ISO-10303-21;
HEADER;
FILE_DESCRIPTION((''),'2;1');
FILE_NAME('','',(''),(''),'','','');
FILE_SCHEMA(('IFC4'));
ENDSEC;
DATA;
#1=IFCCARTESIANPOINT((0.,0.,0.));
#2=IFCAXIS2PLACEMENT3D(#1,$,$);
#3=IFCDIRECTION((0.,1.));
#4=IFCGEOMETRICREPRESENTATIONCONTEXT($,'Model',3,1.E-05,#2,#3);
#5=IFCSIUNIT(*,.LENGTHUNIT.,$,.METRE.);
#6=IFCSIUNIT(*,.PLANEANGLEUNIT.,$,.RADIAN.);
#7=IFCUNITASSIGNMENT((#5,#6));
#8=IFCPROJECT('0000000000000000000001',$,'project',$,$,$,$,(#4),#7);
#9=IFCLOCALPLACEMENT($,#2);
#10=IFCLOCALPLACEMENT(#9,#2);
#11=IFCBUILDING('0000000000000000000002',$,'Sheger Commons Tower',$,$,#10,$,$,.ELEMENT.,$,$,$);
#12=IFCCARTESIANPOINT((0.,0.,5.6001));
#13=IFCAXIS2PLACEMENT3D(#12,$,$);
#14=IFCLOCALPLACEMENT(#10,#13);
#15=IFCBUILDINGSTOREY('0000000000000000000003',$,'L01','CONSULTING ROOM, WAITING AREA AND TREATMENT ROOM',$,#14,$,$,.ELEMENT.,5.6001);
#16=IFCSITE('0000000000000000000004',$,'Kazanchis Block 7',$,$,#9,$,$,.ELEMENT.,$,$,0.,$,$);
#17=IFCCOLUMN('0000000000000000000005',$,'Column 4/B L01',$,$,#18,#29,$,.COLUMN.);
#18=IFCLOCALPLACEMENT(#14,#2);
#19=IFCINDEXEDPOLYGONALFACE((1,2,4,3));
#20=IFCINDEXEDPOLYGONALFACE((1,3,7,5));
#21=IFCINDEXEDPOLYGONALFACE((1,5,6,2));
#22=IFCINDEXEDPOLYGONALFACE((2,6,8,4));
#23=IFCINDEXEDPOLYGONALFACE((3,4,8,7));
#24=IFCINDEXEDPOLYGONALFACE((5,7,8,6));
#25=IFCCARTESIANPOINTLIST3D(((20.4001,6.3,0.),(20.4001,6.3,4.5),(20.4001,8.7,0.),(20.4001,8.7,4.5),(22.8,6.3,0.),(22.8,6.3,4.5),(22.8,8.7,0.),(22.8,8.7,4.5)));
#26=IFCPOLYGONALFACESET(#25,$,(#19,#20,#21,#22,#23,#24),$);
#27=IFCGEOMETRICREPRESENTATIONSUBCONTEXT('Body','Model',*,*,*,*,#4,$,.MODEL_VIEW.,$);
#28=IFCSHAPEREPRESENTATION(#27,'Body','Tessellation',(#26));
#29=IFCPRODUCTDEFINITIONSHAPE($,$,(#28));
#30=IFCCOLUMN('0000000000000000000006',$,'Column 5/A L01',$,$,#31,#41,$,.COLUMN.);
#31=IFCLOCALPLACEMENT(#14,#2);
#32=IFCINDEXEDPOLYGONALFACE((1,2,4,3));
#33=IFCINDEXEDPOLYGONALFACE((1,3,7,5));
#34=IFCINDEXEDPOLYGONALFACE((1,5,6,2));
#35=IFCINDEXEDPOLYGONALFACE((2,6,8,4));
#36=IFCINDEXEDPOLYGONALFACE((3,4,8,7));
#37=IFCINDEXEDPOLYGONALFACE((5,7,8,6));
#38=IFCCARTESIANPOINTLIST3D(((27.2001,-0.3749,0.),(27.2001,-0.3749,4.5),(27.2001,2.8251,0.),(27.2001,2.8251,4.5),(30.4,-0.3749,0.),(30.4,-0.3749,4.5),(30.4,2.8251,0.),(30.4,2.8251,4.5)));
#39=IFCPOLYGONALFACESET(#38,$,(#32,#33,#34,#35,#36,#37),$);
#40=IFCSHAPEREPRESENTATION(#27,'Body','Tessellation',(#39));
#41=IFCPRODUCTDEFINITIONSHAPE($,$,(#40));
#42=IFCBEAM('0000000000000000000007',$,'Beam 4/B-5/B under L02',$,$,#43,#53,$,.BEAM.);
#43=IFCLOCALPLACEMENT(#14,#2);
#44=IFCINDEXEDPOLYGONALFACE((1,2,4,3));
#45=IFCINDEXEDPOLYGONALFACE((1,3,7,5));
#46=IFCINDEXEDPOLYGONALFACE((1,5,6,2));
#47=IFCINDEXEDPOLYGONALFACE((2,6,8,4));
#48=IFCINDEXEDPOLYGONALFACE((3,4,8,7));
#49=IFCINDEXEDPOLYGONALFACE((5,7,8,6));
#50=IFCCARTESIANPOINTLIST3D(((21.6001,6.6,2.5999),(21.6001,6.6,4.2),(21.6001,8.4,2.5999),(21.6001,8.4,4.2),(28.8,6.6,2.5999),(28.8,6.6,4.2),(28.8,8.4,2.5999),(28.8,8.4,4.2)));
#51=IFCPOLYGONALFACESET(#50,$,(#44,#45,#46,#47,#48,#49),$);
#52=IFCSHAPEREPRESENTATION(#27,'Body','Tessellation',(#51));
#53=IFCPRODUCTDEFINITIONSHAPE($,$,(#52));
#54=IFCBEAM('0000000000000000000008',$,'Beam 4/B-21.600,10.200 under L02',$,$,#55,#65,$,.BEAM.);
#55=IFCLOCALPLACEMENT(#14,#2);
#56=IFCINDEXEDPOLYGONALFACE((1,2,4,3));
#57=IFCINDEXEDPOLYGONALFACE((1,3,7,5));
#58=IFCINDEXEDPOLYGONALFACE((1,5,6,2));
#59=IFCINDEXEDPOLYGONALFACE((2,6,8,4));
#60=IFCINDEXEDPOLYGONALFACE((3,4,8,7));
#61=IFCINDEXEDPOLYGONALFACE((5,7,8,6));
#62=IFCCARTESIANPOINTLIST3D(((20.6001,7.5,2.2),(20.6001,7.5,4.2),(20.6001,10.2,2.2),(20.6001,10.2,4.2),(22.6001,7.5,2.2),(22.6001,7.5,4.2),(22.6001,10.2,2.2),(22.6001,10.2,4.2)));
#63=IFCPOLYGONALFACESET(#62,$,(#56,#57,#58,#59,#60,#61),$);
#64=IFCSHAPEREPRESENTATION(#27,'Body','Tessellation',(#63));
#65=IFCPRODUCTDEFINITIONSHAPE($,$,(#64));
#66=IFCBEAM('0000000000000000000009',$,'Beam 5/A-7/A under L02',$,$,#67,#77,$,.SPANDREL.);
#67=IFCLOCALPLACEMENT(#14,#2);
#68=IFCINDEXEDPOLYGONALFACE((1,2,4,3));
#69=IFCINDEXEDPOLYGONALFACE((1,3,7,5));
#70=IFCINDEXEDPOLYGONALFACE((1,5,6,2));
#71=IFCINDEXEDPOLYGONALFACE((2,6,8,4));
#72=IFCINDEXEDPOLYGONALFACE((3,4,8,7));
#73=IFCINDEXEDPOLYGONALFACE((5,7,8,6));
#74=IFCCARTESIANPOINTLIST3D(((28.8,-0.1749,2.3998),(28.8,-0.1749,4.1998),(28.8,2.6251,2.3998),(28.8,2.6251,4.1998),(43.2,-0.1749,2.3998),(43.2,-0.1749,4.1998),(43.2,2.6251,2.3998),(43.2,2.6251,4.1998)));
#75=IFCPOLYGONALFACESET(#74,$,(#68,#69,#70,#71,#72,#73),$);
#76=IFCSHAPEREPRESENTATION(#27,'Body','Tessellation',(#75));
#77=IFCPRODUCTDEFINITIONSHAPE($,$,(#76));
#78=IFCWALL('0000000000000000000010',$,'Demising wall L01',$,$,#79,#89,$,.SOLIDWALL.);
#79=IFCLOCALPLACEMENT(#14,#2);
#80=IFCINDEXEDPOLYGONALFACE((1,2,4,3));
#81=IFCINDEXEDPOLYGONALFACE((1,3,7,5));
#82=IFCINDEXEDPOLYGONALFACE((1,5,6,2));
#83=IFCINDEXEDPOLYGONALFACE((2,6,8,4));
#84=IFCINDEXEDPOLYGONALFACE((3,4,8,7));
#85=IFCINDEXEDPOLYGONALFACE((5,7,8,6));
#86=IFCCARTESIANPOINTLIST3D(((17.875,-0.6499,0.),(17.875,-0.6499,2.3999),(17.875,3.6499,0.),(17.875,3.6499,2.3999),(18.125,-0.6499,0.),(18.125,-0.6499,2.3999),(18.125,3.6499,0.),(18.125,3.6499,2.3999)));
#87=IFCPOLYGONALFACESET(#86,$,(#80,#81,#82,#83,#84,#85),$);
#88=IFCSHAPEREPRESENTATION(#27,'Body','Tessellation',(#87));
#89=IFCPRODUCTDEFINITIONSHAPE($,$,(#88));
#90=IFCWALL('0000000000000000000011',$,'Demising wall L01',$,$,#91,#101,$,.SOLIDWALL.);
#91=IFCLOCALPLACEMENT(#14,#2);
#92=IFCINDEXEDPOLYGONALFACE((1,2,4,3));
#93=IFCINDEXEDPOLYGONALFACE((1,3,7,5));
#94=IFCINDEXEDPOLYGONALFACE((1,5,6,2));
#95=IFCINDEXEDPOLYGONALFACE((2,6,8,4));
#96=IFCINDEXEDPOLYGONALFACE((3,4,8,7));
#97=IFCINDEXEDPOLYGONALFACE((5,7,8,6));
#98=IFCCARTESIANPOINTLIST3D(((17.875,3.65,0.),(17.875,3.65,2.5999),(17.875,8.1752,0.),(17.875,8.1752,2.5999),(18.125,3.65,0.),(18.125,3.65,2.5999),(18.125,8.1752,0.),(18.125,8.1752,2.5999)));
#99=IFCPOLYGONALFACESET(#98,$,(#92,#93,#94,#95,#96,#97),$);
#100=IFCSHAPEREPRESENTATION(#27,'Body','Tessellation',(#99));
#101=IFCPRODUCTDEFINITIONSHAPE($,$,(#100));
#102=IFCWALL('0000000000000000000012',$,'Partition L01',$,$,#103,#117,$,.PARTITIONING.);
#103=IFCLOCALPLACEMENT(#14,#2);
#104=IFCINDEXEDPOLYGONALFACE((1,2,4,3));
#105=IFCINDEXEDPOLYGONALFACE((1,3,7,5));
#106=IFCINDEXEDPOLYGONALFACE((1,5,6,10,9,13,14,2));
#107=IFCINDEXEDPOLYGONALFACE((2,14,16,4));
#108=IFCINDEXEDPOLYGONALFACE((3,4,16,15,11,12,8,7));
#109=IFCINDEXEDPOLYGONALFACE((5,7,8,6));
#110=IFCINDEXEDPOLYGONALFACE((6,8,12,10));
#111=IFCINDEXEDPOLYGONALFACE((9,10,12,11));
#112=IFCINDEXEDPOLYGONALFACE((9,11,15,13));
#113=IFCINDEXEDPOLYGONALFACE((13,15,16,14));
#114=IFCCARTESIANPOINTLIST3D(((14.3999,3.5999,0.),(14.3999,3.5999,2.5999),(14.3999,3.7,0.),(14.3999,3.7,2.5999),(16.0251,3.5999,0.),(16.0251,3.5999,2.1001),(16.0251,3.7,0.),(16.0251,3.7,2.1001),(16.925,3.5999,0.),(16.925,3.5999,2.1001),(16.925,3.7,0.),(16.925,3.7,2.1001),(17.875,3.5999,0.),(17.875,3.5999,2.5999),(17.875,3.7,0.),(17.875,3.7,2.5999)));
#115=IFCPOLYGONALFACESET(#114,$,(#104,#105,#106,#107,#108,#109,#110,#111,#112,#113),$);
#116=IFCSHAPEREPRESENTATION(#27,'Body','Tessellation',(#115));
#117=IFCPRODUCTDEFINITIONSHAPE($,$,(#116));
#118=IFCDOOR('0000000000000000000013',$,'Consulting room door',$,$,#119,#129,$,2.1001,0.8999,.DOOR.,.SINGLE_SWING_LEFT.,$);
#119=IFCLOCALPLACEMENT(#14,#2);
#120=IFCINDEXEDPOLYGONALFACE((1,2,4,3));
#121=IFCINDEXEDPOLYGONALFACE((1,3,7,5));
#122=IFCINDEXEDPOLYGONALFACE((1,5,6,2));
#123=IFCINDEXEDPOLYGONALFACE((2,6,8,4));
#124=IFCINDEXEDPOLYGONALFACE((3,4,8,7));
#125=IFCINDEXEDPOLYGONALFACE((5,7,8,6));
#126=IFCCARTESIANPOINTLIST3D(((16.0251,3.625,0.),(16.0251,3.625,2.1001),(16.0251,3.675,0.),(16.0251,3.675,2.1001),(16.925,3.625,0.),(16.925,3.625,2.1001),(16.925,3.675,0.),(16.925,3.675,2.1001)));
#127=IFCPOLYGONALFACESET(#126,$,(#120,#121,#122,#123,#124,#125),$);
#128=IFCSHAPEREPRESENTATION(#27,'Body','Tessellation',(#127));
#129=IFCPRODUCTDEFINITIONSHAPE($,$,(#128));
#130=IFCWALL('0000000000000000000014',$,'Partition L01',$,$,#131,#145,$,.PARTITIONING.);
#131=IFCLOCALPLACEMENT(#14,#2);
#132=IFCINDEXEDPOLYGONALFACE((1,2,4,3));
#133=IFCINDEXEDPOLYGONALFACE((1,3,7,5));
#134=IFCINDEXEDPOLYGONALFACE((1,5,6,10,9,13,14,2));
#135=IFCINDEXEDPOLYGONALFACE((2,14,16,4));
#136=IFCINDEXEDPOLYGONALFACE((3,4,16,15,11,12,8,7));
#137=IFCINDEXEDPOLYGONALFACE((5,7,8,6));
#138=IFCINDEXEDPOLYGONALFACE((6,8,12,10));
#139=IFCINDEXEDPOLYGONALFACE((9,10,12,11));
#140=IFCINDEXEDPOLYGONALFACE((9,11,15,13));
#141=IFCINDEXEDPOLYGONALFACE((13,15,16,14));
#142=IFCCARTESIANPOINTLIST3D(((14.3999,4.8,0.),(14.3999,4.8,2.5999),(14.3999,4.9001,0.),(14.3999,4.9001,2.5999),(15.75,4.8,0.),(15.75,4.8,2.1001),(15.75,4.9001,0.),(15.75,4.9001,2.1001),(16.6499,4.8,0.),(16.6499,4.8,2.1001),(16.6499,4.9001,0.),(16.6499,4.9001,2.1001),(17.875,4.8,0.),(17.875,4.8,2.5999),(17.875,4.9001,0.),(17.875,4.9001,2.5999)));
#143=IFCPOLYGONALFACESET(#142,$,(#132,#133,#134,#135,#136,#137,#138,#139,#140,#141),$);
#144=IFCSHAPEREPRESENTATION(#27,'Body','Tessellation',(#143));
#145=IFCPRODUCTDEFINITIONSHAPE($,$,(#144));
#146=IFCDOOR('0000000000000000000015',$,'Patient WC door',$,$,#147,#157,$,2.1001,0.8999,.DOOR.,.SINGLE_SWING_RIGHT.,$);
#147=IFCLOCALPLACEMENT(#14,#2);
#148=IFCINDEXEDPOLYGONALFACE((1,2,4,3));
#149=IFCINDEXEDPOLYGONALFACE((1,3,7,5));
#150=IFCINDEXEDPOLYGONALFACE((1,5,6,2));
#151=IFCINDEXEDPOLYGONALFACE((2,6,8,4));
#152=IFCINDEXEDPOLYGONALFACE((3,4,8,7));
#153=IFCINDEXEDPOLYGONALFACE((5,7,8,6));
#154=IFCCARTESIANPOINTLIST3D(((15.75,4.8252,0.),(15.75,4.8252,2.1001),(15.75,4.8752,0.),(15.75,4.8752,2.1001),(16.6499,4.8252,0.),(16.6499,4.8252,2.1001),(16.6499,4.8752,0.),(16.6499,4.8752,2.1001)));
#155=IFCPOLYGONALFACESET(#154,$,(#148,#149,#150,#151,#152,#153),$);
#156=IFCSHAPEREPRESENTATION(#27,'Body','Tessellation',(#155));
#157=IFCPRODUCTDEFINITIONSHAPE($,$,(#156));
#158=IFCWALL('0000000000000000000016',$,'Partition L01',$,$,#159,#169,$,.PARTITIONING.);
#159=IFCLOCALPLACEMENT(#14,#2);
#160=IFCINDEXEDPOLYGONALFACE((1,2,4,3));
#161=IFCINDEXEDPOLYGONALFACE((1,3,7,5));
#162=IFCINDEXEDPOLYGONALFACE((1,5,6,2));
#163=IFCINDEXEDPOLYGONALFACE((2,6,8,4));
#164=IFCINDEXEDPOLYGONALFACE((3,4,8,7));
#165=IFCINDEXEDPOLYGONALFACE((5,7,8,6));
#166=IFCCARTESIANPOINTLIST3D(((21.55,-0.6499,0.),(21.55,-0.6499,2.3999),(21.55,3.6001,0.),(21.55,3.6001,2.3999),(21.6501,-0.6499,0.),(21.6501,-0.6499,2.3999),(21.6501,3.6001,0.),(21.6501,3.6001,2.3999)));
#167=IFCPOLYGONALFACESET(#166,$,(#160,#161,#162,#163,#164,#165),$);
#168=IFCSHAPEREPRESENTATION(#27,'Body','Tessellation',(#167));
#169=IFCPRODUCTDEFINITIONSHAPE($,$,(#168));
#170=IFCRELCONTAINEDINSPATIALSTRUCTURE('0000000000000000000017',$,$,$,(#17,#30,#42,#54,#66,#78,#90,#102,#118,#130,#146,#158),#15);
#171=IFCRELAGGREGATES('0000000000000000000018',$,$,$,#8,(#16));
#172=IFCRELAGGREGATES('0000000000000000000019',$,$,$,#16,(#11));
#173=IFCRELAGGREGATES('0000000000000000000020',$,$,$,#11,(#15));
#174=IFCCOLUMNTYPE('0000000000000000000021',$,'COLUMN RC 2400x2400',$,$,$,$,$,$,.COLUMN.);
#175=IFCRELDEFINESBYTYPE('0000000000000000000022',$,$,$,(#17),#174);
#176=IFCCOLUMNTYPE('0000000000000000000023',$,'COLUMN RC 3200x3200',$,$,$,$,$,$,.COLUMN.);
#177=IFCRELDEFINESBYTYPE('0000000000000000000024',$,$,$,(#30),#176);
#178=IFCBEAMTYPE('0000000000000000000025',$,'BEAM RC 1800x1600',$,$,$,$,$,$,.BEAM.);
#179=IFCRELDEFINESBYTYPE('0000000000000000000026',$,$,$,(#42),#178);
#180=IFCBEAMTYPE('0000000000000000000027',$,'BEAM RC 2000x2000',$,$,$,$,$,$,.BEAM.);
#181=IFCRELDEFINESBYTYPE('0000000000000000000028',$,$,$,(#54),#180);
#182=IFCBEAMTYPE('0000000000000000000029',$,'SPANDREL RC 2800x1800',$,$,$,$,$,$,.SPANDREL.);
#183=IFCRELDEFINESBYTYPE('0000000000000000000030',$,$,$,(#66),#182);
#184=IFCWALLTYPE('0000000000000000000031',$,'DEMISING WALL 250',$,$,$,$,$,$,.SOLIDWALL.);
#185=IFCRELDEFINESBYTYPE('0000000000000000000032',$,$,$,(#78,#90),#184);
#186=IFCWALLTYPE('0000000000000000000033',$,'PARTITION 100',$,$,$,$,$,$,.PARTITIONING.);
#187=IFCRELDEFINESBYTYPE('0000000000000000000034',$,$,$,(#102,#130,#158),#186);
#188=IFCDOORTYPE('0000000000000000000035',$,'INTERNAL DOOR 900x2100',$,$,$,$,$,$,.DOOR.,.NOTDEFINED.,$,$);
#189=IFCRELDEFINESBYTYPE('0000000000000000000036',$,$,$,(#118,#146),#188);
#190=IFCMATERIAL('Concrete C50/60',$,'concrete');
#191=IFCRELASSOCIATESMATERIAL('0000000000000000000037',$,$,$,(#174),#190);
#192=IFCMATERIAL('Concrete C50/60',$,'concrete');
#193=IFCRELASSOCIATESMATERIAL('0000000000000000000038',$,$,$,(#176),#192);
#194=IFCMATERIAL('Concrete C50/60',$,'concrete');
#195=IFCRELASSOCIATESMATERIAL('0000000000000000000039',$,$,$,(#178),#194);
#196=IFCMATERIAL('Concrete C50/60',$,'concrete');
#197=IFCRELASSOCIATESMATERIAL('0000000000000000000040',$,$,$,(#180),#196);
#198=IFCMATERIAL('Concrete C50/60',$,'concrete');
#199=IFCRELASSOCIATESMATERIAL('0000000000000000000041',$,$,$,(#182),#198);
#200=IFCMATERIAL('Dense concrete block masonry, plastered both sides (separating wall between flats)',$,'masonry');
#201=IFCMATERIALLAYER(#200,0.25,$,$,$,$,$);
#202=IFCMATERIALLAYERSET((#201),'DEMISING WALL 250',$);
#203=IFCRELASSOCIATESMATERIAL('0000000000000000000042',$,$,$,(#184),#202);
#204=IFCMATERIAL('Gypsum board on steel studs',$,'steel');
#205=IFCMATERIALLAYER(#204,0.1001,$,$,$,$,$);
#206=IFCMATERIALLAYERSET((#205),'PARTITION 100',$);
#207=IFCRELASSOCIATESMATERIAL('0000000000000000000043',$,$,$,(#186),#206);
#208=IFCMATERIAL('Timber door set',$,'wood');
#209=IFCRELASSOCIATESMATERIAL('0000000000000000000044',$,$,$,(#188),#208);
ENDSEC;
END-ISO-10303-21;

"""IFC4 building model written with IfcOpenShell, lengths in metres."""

from ifc_helpers import new_model, si_unit, direction, frame, frame_2d, origin, origin_2d, place, context, subcontext, project, spatial, rectangle, extrude, material, layer, layer_set, material_profile, profile_set, type_object, element, fill, save


model = new_model("IFC4")

# Units and contexts
model_context = context("Model", 3, precision=1e-05, world=origin(), true_north=direction((0.0, 1.0)))
body_context = subcontext(model_context, "Body", "Model", "MODEL_VIEW")
ifc_project = project(units=[si_unit("LENGTHUNIT", "METRE"), si_unit("PLANEANGLEUNIT", "RADIAN")], contexts=[model_context])

# Site, building, storey
site_placement = place(None, origin())
site = spatial("IfcSite", under=ifc_project, at=site_placement, Name="Kazanchis Block 7", CompositionType="ELEMENT", RefElevation=0.0)
building_placement = place(site_placement, origin())
building = spatial("IfcBuilding", under=site, at=building_placement, Name="Sheger Commons Tower", CompositionType="ELEMENT")
storey_placement = place(building_placement, frame((0.0, 0.0, 5.6001)))
storey = spatial("IfcBuildingStorey", under=building, at=storey_placement, Name="L01", Description="CONSULTING ROOM, WAITING AREA AND TREATMENT ROOM", CompositionType="ELEMENT", Elevation=5.6001)

# Columns
ifc_material_1 = material(Name="Concrete C50/60", Category="concrete")
ifc_material_profile_1 = material_profile(ifc_material_1, rectangle(XDim=2.3999, YDim=2.3999, at=origin_2d()), Name="RC 2400x2400")
ifc_profile_set_1 = profile_set([ifc_material_profile_1], Name="Concrete C50/60")
column_type_1 = type_object("IfcColumnType", Name="COLUMN RC 2400x2400", PredefinedType="COLUMN", material=ifc_profile_set_1)
column_1_placement = place(storey_placement, frame((21.6001, 7.5, 0.0), z_axis=(0.0, 0.0, 1.0), x_axis=(1.0, 0.0, 0.0)))
element("IfcColumn", 1, at=column_1_placement, inside=storey, type_object=column_type_1, Name="Column 4/B L01", PredefinedType="COLUMN", context=body_context, shape_type="SweptSolid", body=[
    extrude(rectangle(XDim=2.3999, YDim=2.3999, at=origin_2d()), origin(), (0.0, 0.0, 1.0), 4.5),
])
ifc_material_2 = material(Name="Concrete C50/60", Category="concrete")
ifc_material_profile_2 = material_profile(ifc_material_2, rectangle(XDim=3.2, YDim=3.2, at=origin_2d()), Name="RC 3200x3200")
ifc_profile_set_2 = profile_set([ifc_material_profile_2], Name="Concrete C50/60")
column_type_2 = type_object("IfcColumnType", Name="COLUMN RC 3200x3200", PredefinedType="COLUMN", material=ifc_profile_set_2)
column_2_placement = place(storey_placement, frame((28.8, 1.2251, 0.0), z_axis=(0.0, 0.0, 1.0), x_axis=(1.0, 0.0, 0.0)))
element("IfcColumn", 2, at=column_2_placement, inside=storey, type_object=column_type_2, Name="Column 5/A L01", PredefinedType="COLUMN", context=body_context, shape_type="SweptSolid", body=[
    extrude(rectangle(XDim=3.2, YDim=3.2, at=origin_2d()), origin(), (0.0, 0.0, 1.0), 4.5),
])

# Beams
ifc_material_3 = material(Name="Concrete C50/60", Category="concrete")
ifc_material_profile_3 = material_profile(ifc_material_3, rectangle(XDim=1.8, YDim=1.6001, at=origin_2d()), Name="RC 1800x1600")
ifc_profile_set_3 = profile_set([ifc_material_profile_3], Name="Concrete C50/60")
beam_type_1 = type_object("IfcBeamType", Name="BEAM RC 1800x1600", PredefinedType="BEAM", material=ifc_profile_set_3)
beam_1_placement = place(storey_placement, frame((21.6001, 7.5, 3.3999), z_axis=(1.0, 0.0, 0.0), x_axis=(0.0, 1.0, 0.0)))
element("IfcBeam", 3, at=beam_1_placement, inside=storey, type_object=beam_type_1, Name="Beam 4/B-5/B under L02", PredefinedType="BEAM", context=body_context, shape_type="SweptSolid", body=[
    extrude(rectangle(XDim=1.8, YDim=1.6001, at=origin_2d()), origin(), (0.0, 0.0, 1.0), 7.2),
])
ifc_material_4 = material(Name="Concrete C50/60", Category="concrete")
ifc_material_profile_4 = material_profile(ifc_material_4, rectangle(XDim=2.0, YDim=2.0, at=origin_2d()), Name="RC 2000x2000")
ifc_profile_set_4 = profile_set([ifc_material_profile_4], Name="Concrete C50/60")
beam_type_2 = type_object("IfcBeamType", Name="BEAM RC 2000x2000", PredefinedType="BEAM", material=ifc_profile_set_4)
beam_2_placement = place(storey_placement, frame((21.6001, 7.5, 3.2), z_axis=(0.0, 1.0, 0.0), x_axis=(-1.0, 0.0, 0.0)))
element("IfcBeam", 4, at=beam_2_placement, inside=storey, type_object=beam_type_2, Name="Beam 4/B-21.600,10.200 under L02", PredefinedType="BEAM", context=body_context, shape_type="SweptSolid", body=[
    extrude(rectangle(XDim=2.0, YDim=2.0, at=origin_2d()), origin(), (0.0, 0.0, 1.0), 2.7),
])
ifc_material_5 = material(Name="Concrete C50/60", Category="concrete")
ifc_material_profile_5 = material_profile(ifc_material_5, rectangle(XDim=2.8, YDim=1.8, at=origin_2d()), Name="RC 2800x1800")
ifc_profile_set_5 = profile_set([ifc_material_profile_5], Name="Concrete C50/60")
beam_type_3 = type_object("IfcBeamType", Name="SPANDREL RC 2800x1800", PredefinedType="SPANDREL", material=ifc_profile_set_5)
beam_3_placement = place(storey_placement, frame((28.8, 1.2251, 3.2998), z_axis=(1.0, 0.0, 0.0), x_axis=(0.0, 1.0, 0.0)))
element("IfcBeam", 5, at=beam_3_placement, inside=storey, type_object=beam_type_3, Name="Beam 5/A-7/A under L02", PredefinedType="SPANDREL", context=body_context, shape_type="SweptSolid", body=[
    extrude(rectangle(XDim=2.8, YDim=1.8, at=origin_2d()), origin(), (0.0, 0.0, 1.0), 14.3999),
])

# Walls
ifc_material_6 = material(Name="Dense concrete block masonry, plastered both sides (separating wall between flats)", Category="masonry")
ifc_layer_1 = layer(ifc_material_6, 0.25)
ifc_layer_set_1 = layer_set([ifc_layer_1], Name="DEMISING WALL 250")
wall_type_1 = type_object("IfcWallType", Name="DEMISING WALL 250", PredefinedType="SOLIDWALL", material=ifc_layer_set_1)
wall_1_placement = place(storey_placement, frame((18.0, -0.6499, 0.0), z_axis=(0.0, 0.0, 1.0), x_axis=(0.0, 1.0, 0.0)))
element("IfcWall", 6, at=wall_1_placement, inside=storey, type_object=wall_type_1, Name="Demising wall L01", PredefinedType="SOLIDWALL", context=body_context, shape_type="SweptSolid", body=[
    extrude(rectangle(XDim=4.2998, YDim=0.25, at=frame_2d((2.1499, 0.0))), origin(), (0.0, 0.0, 1.0), 2.3999),
])
wall_2_placement = place(storey_placement, frame((18.0, 3.6499, 0.0), z_axis=(0.0, 0.0, 1.0), x_axis=(0.0, 1.0, 0.0)))
element("IfcWall", 7, at=wall_2_placement, inside=storey, type_object=wall_type_1, Name="Demising wall L01", PredefinedType="SOLIDWALL", context=body_context, shape_type="SweptSolid", body=[
    extrude(rectangle(XDim=4.5251, YDim=0.25, at=frame_2d((2.2627, 0.0))), origin(), (0.0, 0.0, 1.0), 2.5999),
])

# Walls, openings, doors
ifc_material_7 = material(Name="Gypsum board on steel studs", Category="steel")
ifc_layer_2 = layer(ifc_material_7, 0.1001)
ifc_layer_set_2 = layer_set([ifc_layer_2], Name="PARTITION 100")
wall_type_2 = type_object("IfcWallType", Name="PARTITION 100", PredefinedType="PARTITIONING", material=ifc_layer_set_2)
wall_3_placement = place(storey_placement, frame((17.875, 3.6499, 0.0), z_axis=(0.0, 0.0, 1.0), x_axis=(-1.0, 0.0, 0.0)))
wall_3 = element("IfcWall", 8, at=wall_3_placement, inside=storey, type_object=wall_type_2, Name="Partition L01", PredefinedType="PARTITIONING", context=body_context, shape_type="SweptSolid", body=[
    extrude(rectangle(XDim=3.4751, YDim=0.1001, at=frame_2d((1.7375, 0.0))), origin(), (0.0, 0.0, 1.0), 2.5999),
])
opening_1_placement = place(wall_3_placement, frame((0.95, 0.0, 0.0)))
opening_1 = element("IfcOpeningElement", 9, at=opening_1_placement, cuts=wall_3, PredefinedType="OPENING", context=body_context, shape_type="SweptSolid", body=[
    extrude(rectangle(XDim=0.8999, YDim=2.1001, at=frame_2d((0.45, 1.05))), frame((0.0, 0.0601, 0.0), z_axis=(0.0, -1.0, 0.0), x_axis=(1.0, 0.0, 0.0)), (0.0, 0.0, 1.0), 0.1201),
])
ifc_material_8 = material(Name="Timber door set", Category="wood")
door_type = type_object("IfcDoorType", Name="INTERNAL DOOR 900x2100", OperationType="NOTDEFINED", PredefinedType="DOOR", material=ifc_material_8)
door_1_placement = place(opening_1_placement, origin())
door_1 = element("IfcDoor", 10, at=door_1_placement, inside=storey, type_object=door_type, Name="Consulting room door", OperationType="SINGLE_SWING_LEFT", OverallHeight=2.1001, OverallWidth=0.8999, PredefinedType="DOOR", context=body_context, shape_type="SweptSolid", body=[
    extrude(rectangle(XDim=0.8999, YDim=2.1001, at=frame_2d((0.45, 1.05))), frame((0.0, 0.0249, 0.0), z_axis=(0.0, -1.0, 0.0), x_axis=(1.0, 0.0, 0.0)), (0.0, 0.0, 1.0), 0.05),
])
fill(opening_1, door_1)
wall_4_placement = place(storey_placement, frame((17.875, 4.8501, 0.0), z_axis=(0.0, 0.0, 1.0), x_axis=(-1.0, 0.0, 0.0)))
wall_4 = element("IfcWall", 11, at=wall_4_placement, inside=storey, type_object=wall_type_2, Name="Partition L01", PredefinedType="PARTITIONING", context=body_context, shape_type="SweptSolid", body=[
    extrude(rectangle(XDim=3.4751, YDim=0.1001, at=frame_2d((1.7375, 0.0))), origin(), (0.0, 0.0, 1.0), 2.5999),
])
opening_2_placement = place(wall_4_placement, frame((1.2251, 0.0, 0.0)))
opening_2 = element("IfcOpeningElement", 12, at=opening_2_placement, cuts=wall_4, PredefinedType="OPENING", context=body_context, shape_type="SweptSolid", body=[
    extrude(rectangle(XDim=0.8999, YDim=2.1001, at=frame_2d((0.45, 1.05))), frame((0.0, 0.0601, 0.0), z_axis=(0.0, -1.0, 0.0), x_axis=(1.0, 0.0, 0.0)), (0.0, 0.0, 1.0), 0.1201),
])
door_2_placement = place(opening_2_placement, origin())
door_2 = element("IfcDoor", 13, at=door_2_placement, inside=storey, type_object=door_type, Name="Patient WC door", OperationType="SINGLE_SWING_RIGHT", OverallHeight=2.1001, OverallWidth=0.8999, PredefinedType="DOOR", context=body_context, shape_type="SweptSolid", body=[
    extrude(rectangle(XDim=0.8999, YDim=2.1001, at=frame_2d((0.45, 1.05))), frame((0.0, 0.0249, 0.0), z_axis=(0.0, -1.0, 0.0), x_axis=(1.0, 0.0, 0.0)), (0.0, 0.0, 1.0), 0.05),
])
fill(opening_2, door_2)

# Wall
for number, where, z_axis, x_axis, name in (
    (14, (21.6001, -0.6499, 0.0), (0.0, 0.0, 1.0), (0.0, 1.0, 0.0), "Partition L01"),
):
    element("IfcWall", number, at=place(storey_placement, frame(where, z_axis=z_axis, x_axis=x_axis)), inside=storey, type_object=wall_type_2, Name=name, PredefinedType="PARTITIONING", context=body_context, shape_type="SweptSolid", body=[
        extrude(rectangle(XDim=4.25, YDim=0.1001, at=frame_2d((2.125, 0.0))), origin(), (0.0, 0.0, 1.0), 2.3999),
    ])

save(model, "model.ifc")
